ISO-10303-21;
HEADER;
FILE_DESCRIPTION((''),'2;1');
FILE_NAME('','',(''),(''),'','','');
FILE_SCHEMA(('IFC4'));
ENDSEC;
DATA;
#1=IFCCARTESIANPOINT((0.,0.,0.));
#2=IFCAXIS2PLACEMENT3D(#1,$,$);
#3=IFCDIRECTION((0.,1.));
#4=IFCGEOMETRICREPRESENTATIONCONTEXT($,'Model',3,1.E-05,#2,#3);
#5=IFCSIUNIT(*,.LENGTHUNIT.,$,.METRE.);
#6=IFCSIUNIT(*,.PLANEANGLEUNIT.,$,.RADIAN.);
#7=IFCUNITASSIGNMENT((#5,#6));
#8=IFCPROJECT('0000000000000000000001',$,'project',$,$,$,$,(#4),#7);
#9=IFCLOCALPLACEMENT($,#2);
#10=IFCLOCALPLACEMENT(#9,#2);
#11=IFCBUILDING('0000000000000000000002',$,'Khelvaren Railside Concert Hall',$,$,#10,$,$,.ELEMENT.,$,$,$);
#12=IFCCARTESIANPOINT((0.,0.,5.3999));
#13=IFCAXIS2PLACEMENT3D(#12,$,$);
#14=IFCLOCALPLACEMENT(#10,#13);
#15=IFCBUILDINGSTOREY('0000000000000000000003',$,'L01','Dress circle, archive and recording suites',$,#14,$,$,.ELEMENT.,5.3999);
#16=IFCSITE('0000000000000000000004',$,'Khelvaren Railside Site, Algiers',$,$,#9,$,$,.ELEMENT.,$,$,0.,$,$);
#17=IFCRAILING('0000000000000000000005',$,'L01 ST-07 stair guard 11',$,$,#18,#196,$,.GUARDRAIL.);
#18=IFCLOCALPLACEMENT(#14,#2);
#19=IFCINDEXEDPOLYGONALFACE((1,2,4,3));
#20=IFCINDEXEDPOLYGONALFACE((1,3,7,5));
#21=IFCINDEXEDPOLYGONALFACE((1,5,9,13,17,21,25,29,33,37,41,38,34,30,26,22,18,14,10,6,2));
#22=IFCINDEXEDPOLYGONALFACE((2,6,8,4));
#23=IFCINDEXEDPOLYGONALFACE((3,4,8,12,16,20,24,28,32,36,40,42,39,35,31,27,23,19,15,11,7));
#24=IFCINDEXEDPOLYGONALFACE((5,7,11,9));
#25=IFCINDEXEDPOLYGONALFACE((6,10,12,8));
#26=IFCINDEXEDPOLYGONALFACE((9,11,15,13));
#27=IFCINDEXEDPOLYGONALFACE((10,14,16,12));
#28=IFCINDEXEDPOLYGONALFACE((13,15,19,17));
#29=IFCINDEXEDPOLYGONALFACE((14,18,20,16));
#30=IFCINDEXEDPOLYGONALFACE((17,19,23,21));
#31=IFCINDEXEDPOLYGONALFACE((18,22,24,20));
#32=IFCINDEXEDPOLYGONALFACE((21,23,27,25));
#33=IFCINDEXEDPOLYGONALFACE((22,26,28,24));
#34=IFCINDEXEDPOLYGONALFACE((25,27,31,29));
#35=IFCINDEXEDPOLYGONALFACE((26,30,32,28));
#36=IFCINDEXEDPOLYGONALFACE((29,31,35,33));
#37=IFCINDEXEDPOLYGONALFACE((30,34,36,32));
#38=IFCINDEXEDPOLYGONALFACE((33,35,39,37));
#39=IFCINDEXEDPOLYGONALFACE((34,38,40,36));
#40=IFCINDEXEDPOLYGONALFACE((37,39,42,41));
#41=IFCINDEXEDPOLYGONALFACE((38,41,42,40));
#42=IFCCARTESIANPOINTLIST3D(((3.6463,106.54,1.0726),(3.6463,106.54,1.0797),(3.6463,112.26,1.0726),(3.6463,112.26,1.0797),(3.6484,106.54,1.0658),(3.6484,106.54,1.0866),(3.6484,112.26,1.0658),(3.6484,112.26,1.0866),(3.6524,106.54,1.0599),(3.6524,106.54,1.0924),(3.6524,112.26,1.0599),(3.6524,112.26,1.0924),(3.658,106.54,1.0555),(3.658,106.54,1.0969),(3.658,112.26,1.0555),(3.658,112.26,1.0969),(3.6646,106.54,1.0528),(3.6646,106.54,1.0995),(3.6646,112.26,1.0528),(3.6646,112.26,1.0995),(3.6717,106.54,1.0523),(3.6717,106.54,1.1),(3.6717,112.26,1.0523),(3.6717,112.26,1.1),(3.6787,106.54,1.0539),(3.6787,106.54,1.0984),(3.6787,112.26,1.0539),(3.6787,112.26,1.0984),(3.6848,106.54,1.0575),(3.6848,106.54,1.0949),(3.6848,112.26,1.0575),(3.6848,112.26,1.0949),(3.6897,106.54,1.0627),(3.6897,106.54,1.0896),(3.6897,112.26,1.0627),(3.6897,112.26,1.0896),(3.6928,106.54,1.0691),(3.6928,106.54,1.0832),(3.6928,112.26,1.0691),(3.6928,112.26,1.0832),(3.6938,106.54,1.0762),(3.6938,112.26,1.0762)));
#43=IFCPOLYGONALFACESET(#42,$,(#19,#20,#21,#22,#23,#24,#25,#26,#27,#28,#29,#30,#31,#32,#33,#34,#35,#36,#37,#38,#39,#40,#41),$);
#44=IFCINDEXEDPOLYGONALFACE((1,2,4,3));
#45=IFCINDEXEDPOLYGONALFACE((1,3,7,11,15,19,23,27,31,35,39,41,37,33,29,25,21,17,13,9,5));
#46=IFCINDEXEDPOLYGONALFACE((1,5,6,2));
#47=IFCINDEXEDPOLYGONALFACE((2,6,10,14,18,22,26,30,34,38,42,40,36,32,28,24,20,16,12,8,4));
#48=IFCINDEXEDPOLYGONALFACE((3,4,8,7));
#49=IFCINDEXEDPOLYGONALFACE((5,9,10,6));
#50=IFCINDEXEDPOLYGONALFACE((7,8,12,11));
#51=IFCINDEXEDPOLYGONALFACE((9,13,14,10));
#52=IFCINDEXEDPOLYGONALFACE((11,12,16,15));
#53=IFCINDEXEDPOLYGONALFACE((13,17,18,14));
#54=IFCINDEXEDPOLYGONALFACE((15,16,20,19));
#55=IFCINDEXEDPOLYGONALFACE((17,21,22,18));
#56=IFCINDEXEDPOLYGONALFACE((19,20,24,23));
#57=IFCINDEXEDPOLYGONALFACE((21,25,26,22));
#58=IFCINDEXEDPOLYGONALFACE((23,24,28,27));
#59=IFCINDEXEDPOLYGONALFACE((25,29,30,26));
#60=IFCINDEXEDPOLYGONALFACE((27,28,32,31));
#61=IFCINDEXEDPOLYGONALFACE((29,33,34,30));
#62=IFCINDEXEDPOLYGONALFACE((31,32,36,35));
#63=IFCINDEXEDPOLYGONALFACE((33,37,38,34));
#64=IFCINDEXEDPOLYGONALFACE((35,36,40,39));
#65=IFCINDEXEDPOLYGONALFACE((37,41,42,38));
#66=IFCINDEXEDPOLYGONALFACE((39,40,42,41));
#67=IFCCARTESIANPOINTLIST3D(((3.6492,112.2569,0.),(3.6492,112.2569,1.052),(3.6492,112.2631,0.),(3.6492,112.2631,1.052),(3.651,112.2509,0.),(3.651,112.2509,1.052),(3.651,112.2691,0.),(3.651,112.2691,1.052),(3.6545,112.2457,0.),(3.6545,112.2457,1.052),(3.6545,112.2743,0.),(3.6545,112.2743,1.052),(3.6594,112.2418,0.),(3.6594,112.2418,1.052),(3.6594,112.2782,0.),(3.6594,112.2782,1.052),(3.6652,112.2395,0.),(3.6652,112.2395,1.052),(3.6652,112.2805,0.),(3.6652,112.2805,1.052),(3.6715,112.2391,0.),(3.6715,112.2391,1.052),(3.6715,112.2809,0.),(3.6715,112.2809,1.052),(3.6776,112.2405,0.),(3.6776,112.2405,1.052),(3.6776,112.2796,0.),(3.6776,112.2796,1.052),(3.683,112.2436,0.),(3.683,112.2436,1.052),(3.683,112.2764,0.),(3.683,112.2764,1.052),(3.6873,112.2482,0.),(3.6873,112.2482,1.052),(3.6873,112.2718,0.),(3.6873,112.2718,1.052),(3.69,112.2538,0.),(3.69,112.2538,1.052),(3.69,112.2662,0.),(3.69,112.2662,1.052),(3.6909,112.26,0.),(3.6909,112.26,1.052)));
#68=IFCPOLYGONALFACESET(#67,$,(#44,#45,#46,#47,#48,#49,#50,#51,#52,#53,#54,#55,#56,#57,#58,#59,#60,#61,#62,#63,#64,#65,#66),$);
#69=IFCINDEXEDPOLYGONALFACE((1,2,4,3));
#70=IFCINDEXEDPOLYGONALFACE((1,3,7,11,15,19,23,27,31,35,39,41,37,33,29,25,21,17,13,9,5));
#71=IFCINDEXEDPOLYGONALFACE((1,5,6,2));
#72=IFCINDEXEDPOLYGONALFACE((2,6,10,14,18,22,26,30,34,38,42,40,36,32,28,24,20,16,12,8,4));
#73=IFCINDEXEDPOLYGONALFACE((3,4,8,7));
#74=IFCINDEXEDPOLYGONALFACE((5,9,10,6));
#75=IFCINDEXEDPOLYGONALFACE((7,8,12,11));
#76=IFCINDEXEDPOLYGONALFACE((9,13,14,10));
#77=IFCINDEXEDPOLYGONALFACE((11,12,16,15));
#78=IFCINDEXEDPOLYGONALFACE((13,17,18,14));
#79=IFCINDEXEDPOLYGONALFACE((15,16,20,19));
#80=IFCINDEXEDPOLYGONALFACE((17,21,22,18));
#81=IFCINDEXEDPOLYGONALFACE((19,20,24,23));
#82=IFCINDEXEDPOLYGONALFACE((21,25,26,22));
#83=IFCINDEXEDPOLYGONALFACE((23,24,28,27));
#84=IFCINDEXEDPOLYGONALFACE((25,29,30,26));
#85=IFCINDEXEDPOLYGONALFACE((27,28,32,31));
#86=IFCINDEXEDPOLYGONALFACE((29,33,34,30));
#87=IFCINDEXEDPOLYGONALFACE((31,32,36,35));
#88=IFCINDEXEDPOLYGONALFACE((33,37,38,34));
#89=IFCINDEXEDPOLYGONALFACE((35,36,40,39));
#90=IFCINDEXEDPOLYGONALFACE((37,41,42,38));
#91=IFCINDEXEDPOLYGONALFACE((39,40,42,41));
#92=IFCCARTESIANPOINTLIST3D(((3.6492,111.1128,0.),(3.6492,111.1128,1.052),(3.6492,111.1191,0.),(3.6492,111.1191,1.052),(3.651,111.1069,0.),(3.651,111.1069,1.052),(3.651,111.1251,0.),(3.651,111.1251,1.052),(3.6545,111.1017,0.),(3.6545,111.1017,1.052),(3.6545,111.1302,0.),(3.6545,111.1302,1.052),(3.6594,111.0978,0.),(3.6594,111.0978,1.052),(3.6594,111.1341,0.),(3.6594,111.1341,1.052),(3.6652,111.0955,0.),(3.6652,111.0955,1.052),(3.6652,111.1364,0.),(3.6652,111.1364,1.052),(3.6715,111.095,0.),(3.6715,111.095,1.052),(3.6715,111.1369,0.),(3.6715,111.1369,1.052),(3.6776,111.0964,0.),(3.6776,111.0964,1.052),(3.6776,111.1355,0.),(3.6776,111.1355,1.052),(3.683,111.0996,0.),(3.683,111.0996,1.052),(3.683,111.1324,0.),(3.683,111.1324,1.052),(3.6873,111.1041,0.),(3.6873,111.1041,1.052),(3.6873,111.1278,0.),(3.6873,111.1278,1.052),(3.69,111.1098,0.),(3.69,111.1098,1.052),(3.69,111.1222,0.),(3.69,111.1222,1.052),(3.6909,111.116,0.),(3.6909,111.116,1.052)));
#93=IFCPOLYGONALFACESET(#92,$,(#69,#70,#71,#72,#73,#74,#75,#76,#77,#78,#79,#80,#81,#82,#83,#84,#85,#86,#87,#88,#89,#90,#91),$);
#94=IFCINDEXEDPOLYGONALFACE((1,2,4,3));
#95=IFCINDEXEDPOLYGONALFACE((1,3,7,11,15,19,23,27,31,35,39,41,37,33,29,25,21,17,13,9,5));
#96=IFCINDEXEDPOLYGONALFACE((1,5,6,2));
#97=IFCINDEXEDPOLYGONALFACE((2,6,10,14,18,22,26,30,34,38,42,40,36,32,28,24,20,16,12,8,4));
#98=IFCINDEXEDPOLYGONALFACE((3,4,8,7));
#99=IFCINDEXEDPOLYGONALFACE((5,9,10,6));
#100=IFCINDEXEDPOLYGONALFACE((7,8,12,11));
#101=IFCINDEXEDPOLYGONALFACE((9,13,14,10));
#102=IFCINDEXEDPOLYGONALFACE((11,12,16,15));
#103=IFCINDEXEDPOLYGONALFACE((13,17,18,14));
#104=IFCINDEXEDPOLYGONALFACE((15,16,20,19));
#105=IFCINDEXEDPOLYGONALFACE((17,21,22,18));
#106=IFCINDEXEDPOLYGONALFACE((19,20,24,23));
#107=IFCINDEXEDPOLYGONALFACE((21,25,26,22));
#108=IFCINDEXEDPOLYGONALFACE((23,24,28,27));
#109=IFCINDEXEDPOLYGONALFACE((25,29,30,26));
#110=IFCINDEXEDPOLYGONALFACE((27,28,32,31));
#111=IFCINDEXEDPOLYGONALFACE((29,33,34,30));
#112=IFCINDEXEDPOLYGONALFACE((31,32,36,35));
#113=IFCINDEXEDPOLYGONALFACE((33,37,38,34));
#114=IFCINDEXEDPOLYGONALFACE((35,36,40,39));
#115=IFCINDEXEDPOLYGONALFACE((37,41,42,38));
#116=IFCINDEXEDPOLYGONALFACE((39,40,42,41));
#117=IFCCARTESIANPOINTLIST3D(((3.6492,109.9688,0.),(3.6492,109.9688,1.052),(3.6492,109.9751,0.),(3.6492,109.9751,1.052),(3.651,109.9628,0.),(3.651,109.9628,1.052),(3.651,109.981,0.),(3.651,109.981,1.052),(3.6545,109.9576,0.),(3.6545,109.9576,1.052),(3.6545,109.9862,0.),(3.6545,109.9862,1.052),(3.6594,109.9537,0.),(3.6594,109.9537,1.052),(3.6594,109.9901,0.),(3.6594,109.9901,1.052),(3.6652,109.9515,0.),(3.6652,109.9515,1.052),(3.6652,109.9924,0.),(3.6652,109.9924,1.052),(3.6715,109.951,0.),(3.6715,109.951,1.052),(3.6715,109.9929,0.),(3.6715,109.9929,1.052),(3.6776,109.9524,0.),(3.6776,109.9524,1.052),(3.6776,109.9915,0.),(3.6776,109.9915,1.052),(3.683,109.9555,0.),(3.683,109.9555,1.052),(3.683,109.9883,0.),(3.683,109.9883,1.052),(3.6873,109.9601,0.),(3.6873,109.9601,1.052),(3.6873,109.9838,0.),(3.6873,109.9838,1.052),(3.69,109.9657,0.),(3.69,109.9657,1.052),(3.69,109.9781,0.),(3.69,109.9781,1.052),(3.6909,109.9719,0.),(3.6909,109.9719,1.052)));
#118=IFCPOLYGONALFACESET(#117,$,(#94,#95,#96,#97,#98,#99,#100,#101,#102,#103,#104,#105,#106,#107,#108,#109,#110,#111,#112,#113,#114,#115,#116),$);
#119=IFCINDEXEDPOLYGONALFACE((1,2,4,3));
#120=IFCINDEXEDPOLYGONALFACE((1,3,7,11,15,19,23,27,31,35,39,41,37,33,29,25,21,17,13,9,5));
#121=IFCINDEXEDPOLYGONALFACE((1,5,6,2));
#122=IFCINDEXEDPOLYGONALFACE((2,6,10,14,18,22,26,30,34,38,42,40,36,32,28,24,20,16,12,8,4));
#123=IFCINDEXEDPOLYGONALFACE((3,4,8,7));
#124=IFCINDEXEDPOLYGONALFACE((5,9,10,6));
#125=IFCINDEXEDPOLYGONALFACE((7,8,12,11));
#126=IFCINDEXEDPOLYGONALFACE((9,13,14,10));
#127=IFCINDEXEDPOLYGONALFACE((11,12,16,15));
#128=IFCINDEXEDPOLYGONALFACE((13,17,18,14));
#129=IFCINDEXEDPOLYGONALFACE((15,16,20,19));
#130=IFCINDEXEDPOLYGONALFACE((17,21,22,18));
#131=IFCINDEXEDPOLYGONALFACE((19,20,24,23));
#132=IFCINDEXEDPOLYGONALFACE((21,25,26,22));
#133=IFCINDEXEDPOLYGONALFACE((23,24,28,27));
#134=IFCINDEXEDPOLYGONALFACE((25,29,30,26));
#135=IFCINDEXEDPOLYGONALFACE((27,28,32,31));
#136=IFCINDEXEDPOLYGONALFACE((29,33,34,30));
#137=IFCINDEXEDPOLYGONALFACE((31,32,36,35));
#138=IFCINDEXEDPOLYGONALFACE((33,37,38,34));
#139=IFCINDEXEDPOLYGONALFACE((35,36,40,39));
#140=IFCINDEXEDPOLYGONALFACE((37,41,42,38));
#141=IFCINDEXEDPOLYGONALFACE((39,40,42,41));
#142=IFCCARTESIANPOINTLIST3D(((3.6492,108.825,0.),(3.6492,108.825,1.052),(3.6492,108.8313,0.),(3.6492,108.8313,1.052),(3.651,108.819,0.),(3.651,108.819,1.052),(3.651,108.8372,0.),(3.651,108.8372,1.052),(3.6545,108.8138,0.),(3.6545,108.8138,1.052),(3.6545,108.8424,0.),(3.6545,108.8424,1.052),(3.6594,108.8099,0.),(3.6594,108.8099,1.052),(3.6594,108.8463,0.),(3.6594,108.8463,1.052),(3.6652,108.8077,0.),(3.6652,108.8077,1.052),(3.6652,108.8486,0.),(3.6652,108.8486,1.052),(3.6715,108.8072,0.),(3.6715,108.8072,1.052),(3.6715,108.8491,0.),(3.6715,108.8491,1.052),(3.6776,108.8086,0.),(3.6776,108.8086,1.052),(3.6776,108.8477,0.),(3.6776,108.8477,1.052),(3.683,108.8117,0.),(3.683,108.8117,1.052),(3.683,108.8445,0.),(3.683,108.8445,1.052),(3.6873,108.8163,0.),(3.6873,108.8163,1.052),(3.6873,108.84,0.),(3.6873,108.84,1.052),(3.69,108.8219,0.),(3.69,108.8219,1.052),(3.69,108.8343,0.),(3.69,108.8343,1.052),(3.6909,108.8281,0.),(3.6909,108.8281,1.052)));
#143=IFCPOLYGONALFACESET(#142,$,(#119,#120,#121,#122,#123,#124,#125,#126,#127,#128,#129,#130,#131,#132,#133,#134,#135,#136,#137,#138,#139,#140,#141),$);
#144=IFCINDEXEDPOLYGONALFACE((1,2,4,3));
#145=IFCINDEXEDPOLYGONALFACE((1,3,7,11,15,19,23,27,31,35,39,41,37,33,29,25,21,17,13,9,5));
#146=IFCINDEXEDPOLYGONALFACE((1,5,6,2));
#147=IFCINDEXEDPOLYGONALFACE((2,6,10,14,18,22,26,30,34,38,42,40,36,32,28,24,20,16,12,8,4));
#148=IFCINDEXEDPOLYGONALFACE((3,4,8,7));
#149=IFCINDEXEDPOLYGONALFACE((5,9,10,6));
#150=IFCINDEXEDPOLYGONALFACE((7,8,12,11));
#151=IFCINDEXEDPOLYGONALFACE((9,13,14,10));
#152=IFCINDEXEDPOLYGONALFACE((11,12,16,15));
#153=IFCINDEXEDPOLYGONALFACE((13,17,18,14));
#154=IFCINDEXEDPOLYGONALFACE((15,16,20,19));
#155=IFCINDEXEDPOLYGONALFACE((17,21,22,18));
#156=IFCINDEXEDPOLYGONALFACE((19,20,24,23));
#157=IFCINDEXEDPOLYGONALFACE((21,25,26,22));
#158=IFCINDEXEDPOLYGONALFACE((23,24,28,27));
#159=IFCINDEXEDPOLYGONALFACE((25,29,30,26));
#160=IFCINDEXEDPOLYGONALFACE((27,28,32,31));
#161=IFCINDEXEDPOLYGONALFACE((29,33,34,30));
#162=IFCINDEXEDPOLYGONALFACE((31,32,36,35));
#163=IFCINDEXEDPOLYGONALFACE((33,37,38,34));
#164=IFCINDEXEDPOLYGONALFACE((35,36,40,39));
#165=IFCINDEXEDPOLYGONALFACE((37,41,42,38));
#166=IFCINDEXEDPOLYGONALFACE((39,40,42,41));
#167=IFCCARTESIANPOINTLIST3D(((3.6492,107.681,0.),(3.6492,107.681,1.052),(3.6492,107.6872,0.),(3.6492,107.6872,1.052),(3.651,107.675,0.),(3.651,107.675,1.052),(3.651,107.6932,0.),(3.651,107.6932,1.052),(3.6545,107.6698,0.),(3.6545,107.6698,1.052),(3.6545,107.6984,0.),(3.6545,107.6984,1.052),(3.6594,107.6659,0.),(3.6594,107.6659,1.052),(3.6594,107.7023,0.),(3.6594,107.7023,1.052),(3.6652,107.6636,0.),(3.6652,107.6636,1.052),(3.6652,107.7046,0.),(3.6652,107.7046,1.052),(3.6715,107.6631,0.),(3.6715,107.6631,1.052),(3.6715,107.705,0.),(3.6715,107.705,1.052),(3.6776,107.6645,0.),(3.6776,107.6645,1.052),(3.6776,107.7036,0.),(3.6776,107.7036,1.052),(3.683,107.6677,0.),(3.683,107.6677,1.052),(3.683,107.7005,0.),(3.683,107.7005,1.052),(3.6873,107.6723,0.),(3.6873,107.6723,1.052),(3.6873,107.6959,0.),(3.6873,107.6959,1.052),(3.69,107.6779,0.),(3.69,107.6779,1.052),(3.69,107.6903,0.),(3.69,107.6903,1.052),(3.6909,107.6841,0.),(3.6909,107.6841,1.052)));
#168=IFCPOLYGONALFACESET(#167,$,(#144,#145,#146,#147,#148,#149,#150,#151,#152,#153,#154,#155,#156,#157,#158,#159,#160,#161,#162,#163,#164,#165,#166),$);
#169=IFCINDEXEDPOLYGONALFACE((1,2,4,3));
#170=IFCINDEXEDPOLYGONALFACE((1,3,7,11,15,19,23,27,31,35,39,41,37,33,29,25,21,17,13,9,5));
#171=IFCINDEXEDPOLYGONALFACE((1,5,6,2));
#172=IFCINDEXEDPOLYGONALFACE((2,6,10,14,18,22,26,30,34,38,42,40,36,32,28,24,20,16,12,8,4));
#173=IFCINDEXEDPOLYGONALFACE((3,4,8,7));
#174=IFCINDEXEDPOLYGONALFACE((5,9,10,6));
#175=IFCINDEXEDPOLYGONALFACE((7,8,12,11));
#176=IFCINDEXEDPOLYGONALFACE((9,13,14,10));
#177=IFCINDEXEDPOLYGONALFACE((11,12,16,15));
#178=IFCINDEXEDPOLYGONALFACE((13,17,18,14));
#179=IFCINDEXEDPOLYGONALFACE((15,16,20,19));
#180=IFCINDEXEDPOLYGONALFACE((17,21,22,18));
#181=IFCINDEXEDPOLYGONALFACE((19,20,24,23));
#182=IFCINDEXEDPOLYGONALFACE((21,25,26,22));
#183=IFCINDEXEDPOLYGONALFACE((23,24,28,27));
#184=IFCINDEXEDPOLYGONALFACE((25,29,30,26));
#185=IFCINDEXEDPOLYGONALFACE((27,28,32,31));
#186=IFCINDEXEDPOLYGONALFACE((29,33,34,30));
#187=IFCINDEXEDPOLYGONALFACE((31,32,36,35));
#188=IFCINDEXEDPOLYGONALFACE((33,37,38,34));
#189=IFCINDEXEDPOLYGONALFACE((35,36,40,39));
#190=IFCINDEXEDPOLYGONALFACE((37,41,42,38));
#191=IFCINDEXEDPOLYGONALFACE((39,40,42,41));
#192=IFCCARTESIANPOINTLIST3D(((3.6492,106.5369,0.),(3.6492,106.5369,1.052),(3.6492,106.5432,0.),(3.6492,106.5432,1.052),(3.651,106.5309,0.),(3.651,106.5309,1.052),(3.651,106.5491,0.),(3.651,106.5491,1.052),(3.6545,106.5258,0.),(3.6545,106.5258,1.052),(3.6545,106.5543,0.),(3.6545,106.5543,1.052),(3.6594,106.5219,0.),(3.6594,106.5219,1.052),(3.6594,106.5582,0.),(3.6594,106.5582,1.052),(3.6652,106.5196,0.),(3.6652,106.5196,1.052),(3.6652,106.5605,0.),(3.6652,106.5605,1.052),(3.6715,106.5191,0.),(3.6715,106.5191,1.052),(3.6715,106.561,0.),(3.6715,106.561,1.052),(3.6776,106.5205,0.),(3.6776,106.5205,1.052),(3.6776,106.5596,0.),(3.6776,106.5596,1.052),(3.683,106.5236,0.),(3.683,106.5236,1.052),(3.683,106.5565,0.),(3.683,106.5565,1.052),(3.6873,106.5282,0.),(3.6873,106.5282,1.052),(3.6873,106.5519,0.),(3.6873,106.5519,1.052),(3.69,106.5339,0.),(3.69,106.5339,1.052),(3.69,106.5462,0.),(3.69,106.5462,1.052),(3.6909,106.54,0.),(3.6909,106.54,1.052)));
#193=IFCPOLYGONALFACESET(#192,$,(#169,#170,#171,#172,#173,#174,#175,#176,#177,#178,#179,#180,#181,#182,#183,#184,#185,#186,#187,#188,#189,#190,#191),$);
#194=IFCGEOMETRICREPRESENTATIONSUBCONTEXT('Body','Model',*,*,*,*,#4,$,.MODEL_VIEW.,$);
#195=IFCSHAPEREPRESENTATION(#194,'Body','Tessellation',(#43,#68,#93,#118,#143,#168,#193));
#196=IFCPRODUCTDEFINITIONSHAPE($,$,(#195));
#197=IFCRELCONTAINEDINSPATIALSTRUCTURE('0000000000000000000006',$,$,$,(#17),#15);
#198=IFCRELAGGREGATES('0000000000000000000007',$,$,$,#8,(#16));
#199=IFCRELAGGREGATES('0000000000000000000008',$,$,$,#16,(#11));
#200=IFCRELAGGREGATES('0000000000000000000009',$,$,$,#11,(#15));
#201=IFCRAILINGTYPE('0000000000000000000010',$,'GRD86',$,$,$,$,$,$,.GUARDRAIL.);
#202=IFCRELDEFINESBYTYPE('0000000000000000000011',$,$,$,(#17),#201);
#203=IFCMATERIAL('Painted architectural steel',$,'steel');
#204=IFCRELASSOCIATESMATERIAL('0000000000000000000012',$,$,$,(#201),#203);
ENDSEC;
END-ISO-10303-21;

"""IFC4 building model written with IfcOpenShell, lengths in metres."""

from ifc_helpers import new_model, si_unit, direction, frame, origin, origin_2d, place, context, subcontext, project, spatial, circle, extrude, material, type_object, element, save


model = new_model("IFC4")

# Units and contexts
model_context = context("Model", 3, precision=1e-05, world=origin(), true_north=direction((0.0, 1.0)))
body_context = subcontext(model_context, "Body", "Model", "MODEL_VIEW")
ifc_project = project(units=[si_unit("LENGTHUNIT", "METRE"), si_unit("PLANEANGLEUNIT", "RADIAN")], contexts=[model_context])

# Site, building, storey
site_placement = place(None, origin())
site = spatial("IfcSite", under=ifc_project, at=site_placement, Name="Khelvaren Railside Site, Algiers", CompositionType="ELEMENT", RefElevation=0.0)
building_placement = place(site_placement, origin())
building = spatial("IfcBuilding", under=site, at=building_placement, Name="Khelvaren Railside Concert Hall", CompositionType="ELEMENT")
storey_placement = place(building_placement, frame((0.0, 0.0, 5.3999)))
storey = spatial("IfcBuildingStorey", under=building, at=storey_placement, Name="L01", Description="Dress circle, archive and recording suites", CompositionType="ELEMENT", Elevation=5.3999)

# Railing
ifc_material_1 = material(Name="Painted architectural steel", Category="steel")
railing_type_1 = type_object("IfcRailingType", Name="GRD86", PredefinedType="GUARDRAIL", material=ifc_material_1)
railing_1_placement = place(storey_placement, frame((3.6699, 112.26, 0.0)))
element("IfcRailing", 1, at=railing_1_placement, inside=storey, type_object=railing_type_1, Name="L01 ST-07 stair guard 11", PredefinedType="GUARDRAIL", context=body_context, shape_type="SweptSolid", body=[
    extrude(circle(Radius=0.0239, at=origin_2d()), frame((0.0, 0.0, 1.0762), z_axis=(0.0, -1.0, 0.0), x_axis=(1.0, 0.0, 0.0)), (0.0, 0.0, 1.0), 5.72),
    extrude(circle(Radius=0.021, at=origin_2d()), origin(), (0.0, 0.0, 1.0), 1.052),
    extrude(circle(Radius=0.021, at=origin_2d()), frame((0.0, -1.144, 0.0)), (0.0, 0.0, 1.0), 1.052),
    extrude(circle(Radius=0.021, at=origin_2d()), frame((0.0, -2.2881, 0.0)), (0.0, 0.0, 1.0), 1.052),
    extrude(circle(Radius=0.021, at=origin_2d()), frame((0.0, -3.4319, 0.0)), (0.0, 0.0, 1.0), 1.052),
    extrude(circle(Radius=0.021, at=origin_2d()), frame((0.0, -4.5759, 0.0)), (0.0, 0.0, 1.0), 1.052),
    extrude(circle(Radius=0.021, at=origin_2d()), frame((0.0, -5.72, 0.0)), (0.0, 0.0, 1.0), 1.052),
])

save(model, "model.ifc")
